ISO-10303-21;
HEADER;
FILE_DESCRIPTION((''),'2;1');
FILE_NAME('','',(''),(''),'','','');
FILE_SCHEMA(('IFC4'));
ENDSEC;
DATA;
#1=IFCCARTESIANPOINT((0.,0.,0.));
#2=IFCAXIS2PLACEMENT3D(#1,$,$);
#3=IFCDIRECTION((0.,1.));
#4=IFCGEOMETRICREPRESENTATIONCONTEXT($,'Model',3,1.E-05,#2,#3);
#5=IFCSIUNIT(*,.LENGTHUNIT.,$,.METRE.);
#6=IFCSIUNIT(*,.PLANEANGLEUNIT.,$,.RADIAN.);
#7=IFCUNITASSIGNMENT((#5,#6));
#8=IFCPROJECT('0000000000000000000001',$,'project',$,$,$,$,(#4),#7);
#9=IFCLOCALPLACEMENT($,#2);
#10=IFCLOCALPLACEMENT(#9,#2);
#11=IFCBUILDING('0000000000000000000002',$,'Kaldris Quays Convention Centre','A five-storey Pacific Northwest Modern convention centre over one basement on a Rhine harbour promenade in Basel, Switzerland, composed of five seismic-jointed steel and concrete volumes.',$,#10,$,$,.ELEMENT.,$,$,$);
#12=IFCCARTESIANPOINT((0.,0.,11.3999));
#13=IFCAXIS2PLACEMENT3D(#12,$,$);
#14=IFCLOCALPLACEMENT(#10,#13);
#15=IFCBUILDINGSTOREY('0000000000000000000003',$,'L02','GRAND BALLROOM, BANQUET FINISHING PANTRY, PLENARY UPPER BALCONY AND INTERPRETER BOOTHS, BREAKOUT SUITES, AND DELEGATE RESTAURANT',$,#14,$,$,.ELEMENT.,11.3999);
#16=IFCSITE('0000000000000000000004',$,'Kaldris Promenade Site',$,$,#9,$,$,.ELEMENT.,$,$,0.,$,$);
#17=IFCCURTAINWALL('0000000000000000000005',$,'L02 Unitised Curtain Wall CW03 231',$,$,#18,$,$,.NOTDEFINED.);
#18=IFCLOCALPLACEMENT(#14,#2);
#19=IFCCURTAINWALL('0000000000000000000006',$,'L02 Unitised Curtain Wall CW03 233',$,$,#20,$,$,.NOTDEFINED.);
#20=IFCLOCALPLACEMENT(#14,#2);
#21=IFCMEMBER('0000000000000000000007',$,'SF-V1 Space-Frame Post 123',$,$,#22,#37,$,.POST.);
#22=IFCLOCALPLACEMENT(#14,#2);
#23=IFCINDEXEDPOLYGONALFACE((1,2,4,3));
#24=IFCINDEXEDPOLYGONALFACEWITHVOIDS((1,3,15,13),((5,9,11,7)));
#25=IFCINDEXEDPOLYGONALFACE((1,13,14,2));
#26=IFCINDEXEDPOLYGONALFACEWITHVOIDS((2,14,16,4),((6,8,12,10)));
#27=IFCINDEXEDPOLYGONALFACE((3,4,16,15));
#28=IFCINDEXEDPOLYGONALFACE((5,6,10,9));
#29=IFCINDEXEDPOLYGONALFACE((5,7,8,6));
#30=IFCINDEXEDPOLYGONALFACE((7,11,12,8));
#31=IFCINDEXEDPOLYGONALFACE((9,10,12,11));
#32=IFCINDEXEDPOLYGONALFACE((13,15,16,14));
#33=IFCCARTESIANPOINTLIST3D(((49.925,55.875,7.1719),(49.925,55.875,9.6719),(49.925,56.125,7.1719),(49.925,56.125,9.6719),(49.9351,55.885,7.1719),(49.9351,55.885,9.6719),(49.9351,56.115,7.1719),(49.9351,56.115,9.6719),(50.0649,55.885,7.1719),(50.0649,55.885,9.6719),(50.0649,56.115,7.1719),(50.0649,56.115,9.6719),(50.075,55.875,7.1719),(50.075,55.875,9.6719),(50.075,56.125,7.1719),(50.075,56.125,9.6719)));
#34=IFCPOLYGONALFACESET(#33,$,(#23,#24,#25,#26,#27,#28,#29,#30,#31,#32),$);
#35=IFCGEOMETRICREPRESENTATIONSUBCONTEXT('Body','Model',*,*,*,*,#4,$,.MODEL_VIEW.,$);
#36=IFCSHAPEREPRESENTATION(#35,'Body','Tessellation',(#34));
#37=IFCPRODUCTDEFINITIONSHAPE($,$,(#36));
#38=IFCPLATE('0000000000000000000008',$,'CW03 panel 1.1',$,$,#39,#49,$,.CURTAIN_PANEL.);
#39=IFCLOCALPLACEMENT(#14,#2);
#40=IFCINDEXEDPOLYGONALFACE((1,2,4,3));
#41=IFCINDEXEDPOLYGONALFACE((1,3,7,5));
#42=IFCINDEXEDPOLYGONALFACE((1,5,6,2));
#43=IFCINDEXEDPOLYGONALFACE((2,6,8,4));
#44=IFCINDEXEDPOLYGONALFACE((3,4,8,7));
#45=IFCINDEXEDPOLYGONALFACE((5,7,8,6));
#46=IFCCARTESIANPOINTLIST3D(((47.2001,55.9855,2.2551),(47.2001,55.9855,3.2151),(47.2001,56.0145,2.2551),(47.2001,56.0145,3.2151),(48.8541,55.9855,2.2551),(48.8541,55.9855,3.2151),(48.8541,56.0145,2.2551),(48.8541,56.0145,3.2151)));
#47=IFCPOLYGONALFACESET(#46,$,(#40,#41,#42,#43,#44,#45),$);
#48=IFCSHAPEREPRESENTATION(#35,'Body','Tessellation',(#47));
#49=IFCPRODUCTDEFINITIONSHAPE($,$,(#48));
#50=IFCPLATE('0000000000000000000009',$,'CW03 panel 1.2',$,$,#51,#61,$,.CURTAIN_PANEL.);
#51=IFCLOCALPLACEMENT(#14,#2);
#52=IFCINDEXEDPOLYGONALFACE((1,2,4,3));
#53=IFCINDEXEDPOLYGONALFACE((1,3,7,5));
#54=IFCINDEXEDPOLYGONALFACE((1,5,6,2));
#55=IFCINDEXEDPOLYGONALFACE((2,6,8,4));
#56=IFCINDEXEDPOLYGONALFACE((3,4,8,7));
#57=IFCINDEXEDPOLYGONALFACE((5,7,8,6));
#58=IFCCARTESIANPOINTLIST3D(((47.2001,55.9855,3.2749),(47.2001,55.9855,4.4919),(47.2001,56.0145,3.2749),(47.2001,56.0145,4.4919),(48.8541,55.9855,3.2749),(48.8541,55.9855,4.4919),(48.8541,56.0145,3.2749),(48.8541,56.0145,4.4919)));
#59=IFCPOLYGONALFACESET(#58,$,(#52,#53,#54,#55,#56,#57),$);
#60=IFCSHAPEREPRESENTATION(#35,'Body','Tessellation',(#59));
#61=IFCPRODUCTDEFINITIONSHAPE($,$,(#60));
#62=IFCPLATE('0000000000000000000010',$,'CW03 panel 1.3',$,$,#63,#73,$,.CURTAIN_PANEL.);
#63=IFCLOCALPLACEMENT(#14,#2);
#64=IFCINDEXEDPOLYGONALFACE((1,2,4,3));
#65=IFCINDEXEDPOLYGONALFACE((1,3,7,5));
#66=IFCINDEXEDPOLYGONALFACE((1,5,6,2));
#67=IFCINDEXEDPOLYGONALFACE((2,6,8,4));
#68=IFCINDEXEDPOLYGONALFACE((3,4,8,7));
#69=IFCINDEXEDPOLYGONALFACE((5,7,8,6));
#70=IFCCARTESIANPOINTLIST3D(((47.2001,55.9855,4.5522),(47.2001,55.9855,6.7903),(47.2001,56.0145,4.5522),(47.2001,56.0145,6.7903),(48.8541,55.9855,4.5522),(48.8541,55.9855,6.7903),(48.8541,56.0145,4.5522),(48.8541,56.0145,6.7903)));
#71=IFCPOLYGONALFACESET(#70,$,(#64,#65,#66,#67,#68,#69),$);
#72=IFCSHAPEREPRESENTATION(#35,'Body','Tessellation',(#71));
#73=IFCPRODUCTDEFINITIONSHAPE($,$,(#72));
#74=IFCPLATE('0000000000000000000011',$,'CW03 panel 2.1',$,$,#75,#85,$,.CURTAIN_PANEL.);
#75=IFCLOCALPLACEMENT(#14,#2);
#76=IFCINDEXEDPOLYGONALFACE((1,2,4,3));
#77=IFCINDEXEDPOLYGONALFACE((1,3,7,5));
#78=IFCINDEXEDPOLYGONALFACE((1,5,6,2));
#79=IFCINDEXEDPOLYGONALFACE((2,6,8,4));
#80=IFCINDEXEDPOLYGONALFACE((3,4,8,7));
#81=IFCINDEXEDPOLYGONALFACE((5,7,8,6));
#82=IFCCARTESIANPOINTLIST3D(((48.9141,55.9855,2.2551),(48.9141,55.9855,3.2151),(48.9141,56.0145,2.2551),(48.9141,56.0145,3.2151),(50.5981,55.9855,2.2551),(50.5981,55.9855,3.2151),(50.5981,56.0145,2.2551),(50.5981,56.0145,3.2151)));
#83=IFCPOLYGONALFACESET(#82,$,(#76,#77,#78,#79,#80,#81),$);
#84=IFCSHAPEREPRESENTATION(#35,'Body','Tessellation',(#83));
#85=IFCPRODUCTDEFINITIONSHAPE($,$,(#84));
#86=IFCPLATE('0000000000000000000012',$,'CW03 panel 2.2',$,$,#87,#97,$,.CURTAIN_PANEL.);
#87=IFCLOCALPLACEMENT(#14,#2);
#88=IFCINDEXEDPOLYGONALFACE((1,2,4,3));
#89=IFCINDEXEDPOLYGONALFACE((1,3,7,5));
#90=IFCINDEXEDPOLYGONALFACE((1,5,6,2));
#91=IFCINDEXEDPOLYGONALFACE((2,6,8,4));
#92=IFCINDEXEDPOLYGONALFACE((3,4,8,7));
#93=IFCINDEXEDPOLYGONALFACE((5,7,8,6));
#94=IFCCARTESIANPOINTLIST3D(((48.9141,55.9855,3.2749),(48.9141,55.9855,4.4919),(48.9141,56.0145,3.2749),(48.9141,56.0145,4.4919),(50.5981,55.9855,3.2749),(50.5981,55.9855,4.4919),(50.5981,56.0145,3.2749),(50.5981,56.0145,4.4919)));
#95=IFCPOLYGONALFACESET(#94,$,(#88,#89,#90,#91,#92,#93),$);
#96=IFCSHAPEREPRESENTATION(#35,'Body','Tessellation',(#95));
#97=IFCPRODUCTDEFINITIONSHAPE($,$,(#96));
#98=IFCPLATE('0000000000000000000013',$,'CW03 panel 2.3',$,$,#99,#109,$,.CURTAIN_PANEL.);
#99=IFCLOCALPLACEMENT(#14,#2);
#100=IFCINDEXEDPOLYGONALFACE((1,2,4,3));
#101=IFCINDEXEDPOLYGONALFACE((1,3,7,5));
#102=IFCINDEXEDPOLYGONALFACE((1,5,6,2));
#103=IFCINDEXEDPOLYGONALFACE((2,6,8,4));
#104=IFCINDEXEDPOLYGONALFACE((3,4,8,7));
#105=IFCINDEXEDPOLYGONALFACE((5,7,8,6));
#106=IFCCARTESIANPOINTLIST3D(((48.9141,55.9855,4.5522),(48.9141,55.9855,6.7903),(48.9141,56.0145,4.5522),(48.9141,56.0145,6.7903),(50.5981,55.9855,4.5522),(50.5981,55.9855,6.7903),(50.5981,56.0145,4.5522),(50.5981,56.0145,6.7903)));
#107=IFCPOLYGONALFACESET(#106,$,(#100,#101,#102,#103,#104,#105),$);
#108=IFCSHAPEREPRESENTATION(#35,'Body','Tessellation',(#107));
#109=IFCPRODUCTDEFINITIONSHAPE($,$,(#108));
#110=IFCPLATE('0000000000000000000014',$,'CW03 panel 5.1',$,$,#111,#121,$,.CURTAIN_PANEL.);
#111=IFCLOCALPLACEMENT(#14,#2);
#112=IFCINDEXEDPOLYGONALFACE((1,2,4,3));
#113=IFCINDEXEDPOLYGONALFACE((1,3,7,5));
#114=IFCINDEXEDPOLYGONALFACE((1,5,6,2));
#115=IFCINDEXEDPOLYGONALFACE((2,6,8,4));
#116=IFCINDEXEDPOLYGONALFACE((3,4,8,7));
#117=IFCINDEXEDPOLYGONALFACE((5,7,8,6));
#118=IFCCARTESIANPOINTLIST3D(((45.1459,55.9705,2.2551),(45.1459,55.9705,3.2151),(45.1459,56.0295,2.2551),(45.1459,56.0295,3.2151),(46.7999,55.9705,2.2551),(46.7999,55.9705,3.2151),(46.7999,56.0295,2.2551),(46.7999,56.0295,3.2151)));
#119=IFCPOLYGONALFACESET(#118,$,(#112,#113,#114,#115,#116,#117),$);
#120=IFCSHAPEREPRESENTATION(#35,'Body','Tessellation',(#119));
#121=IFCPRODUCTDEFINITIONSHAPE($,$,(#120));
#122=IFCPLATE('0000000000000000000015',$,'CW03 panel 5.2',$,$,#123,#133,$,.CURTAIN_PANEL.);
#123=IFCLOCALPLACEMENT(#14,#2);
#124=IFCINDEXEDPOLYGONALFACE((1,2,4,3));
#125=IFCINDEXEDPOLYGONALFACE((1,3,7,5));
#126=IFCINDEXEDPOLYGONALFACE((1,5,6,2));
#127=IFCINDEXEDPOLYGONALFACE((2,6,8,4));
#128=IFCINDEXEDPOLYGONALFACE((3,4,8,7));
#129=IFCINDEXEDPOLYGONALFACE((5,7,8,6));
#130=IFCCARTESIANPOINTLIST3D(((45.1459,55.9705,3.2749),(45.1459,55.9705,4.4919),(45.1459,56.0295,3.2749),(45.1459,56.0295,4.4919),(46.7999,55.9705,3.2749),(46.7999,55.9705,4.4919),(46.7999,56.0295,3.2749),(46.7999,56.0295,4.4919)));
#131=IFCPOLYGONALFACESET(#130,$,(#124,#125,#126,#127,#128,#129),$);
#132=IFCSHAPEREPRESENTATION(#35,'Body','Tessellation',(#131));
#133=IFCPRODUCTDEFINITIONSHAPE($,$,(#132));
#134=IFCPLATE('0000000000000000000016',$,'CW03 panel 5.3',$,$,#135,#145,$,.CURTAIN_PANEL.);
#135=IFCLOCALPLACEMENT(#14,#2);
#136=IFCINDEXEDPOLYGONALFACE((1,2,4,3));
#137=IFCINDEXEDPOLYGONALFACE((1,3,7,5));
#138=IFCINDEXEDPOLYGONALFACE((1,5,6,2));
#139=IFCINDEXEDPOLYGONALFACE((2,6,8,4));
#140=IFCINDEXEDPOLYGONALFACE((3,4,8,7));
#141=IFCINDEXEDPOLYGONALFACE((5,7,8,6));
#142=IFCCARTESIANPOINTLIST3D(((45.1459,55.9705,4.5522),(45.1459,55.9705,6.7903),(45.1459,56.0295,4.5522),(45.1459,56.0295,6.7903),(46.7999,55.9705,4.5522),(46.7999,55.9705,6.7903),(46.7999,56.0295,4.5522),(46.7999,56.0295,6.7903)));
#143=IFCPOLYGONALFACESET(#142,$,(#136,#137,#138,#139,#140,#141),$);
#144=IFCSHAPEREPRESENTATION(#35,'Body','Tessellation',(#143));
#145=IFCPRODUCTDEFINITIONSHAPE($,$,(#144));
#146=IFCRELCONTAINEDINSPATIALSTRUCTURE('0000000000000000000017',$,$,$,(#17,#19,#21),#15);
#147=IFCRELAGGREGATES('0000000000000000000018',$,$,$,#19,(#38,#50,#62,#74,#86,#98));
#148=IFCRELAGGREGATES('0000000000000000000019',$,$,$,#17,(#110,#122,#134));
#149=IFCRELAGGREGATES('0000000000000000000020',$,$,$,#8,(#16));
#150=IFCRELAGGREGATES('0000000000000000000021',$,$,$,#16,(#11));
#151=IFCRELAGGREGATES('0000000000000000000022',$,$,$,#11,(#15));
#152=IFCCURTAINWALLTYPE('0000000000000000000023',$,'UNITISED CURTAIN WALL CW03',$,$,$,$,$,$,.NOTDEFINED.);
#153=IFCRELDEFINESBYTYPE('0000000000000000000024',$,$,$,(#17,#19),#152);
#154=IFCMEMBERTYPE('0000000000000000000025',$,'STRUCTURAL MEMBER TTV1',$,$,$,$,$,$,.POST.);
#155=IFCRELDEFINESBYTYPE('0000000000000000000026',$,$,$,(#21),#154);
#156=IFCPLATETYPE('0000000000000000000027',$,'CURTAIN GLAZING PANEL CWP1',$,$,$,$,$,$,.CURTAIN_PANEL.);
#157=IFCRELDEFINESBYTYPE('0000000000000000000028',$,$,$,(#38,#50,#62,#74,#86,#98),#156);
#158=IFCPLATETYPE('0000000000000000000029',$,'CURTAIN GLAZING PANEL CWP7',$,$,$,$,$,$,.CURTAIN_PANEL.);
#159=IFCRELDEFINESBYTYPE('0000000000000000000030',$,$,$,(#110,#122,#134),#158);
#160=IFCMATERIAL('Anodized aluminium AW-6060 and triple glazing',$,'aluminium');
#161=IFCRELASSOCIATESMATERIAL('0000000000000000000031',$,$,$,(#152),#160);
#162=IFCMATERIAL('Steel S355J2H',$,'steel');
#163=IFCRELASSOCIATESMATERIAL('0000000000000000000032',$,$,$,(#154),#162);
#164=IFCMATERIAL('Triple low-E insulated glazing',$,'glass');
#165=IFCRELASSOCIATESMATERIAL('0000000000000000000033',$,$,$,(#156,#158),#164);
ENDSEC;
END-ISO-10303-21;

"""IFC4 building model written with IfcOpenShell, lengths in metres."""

from ifc_helpers import new_model, si_unit, direction, frame, origin, origin_2d, place, context, subcontext, project, spatial, rectangle, hollow_rectangle, extrude, material, material_profile, profile_set, type_object, element, aggregate, save


model = new_model("IFC4")

# Units and contexts
model_context = context("Model", 3, precision=1e-05, world=origin(), true_north=direction((0.0, 1.0)))
body_context = subcontext(model_context, "Body", "Model", "MODEL_VIEW")
ifc_project = project(units=[si_unit("LENGTHUNIT", "METRE"), si_unit("PLANEANGLEUNIT", "RADIAN")], contexts=[model_context])

# Site, building, storey
site_placement = place(None, origin())
site = spatial("IfcSite", under=ifc_project, at=site_placement, Name="Kaldris Promenade Site", CompositionType="ELEMENT", RefElevation=0.0)
building_placement = place(site_placement, origin())
building = spatial("IfcBuilding", under=site, at=building_placement, Name="Kaldris Quays Convention Centre", Description="A five-storey Pacific Northwest Modern convention centre over one basement on a Rhine harbour promenade in Basel, Switzerland, composed of five seismic-jointed steel and concrete volumes.", CompositionType="ELEMENT")
storey_placement = place(building_placement, frame((0.0, 0.0, 11.3999)))
storey = spatial("IfcBuildingStorey", under=building, at=storey_placement, Name="L02", Description="GRAND BALLROOM, BANQUET FINISHING PANTRY, PLENARY UPPER BALCONY AND INTERPRETER BOOTHS, BREAKOUT SUITES, AND DELEGATE RESTAURANT", CompositionType="ELEMENT", Elevation=11.3999)

# Curtain walls
ifc_material_1 = material(Name="Anodized aluminium AW-6060 and triple glazing", Category="aluminium")
curtain_wall_type = type_object("IfcCurtainWallType", Name="UNITISED CURTAIN WALL CW03", PredefinedType="NOTDEFINED", material=ifc_material_1)
curtain_wall_1_placement = place(storey_placement, origin())
curtain_wall_1 = element("IfcCurtainWall", 1, at=curtain_wall_1_placement, inside=storey, type_object=curtain_wall_type, Name="L02 Unitised Curtain Wall CW03 231", PredefinedType="NOTDEFINED")
curtain_wall_2_placement = place(storey_placement, origin())
curtain_wall_2 = element("IfcCurtainWall", 2, at=curtain_wall_2_placement, inside=storey, type_object=curtain_wall_type, Name="L02 Unitised Curtain Wall CW03 233", PredefinedType="NOTDEFINED")

# Member
ifc_material_2 = material(Name="Steel S355J2H", Category="steel")
ifc_material_profile_1 = material_profile(ifc_material_2, hollow_rectangle(XDim=0.1499, YDim=0.25, WallThickness=0.01, at=origin_2d()), Name="RHS 250x150x10")
ifc_profile_set_1 = profile_set([ifc_material_profile_1], Name="Steel S355J2H")
member_type_1 = type_object("IfcMemberType", Name="STRUCTURAL MEMBER TTV1", PredefinedType="POST", material=ifc_profile_set_1)
member_1_placement = place(storey_placement, frame((50.0, 56.0, 7.1719), z_axis=(0.0, 0.0, 1.0), x_axis=(1.0, 0.0, 0.0)))
element("IfcMember", 3, at=member_1_placement, inside=storey, type_object=member_type_1, Name="SF-V1 Space-Frame Post 123", PredefinedType="POST", context=body_context, shape_type="SweptSolid", body=[
    extrude(hollow_rectangle(XDim=0.1499, YDim=0.25, WallThickness=0.01, at=origin_2d()), origin(), (0.0, 0.0, 1.0), 2.5),
])

# Plates
ifc_material_3 = material(Name="Triple low-E insulated glazing", Category="glass")
plate_type_1 = type_object("IfcPlateType", Name="CURTAIN GLAZING PANEL CWP1", PredefinedType="CURTAIN_PANEL", material=ifc_material_3)
plate_1_placement = place(storey_placement, frame((48.0271, 56.0, 2.2551), z_axis=(0.0, 0.0, 1.0), x_axis=(1.0, 0.0, 0.0)))
plate_1 = element("IfcPlate", 4, at=plate_1_placement, type_object=plate_type_1, Name="CW03 panel 1.1", PredefinedType="CURTAIN_PANEL", context=body_context, shape_type="SweptSolid", body=[
    extrude(rectangle(XDim=1.6541, YDim=0.0291, at=origin_2d()), origin(), (0.0, 0.0, 1.0), 0.96),
])
plate_2_placement = place(storey_placement, frame((48.0271, 56.0, 3.2749), z_axis=(0.0, 0.0, 1.0), x_axis=(1.0, 0.0, 0.0)))
plate_2 = element("IfcPlate", 5, at=plate_2_placement, type_object=plate_type_1, Name="CW03 panel 1.2", PredefinedType="CURTAIN_PANEL", context=body_context, shape_type="SweptSolid", body=[
    extrude(rectangle(XDim=1.6541, YDim=0.0291, at=origin_2d()), origin(), (0.0, 0.0, 1.0), 1.217),
])
plate_3_placement = place(storey_placement, frame((48.0271, 56.0, 4.5522), z_axis=(0.0, 0.0, 1.0), x_axis=(1.0, 0.0, 0.0)))
plate_3 = element("IfcPlate", 6, at=plate_3_placement, type_object=plate_type_1, Name="CW03 panel 1.3", PredefinedType="CURTAIN_PANEL", context=body_context, shape_type="SweptSolid", body=[
    extrude(rectangle(XDim=1.6541, YDim=0.0291, at=origin_2d()), origin(), (0.0, 0.0, 1.0), 2.238),
])
plate_4_placement = place(storey_placement, frame((49.7561, 56.0, 2.2551), z_axis=(0.0, 0.0, 1.0), x_axis=(1.0, 0.0, 0.0)))
plate_4 = element("IfcPlate", 7, at=plate_4_placement, type_object=plate_type_1, Name="CW03 panel 2.1", PredefinedType="CURTAIN_PANEL", context=body_context, shape_type="SweptSolid", body=[
    extrude(rectangle(XDim=1.6841, YDim=0.0291, at=origin_2d()), origin(), (0.0, 0.0, 1.0), 0.96),
])
plate_5_placement = place(storey_placement, frame((49.7561, 56.0, 3.2749), z_axis=(0.0, 0.0, 1.0), x_axis=(1.0, 0.0, 0.0)))
plate_5 = element("IfcPlate", 8, at=plate_5_placement, type_object=plate_type_1, Name="CW03 panel 2.2", PredefinedType="CURTAIN_PANEL", context=body_context, shape_type="SweptSolid", body=[
    extrude(rectangle(XDim=1.6841, YDim=0.0291, at=origin_2d()), origin(), (0.0, 0.0, 1.0), 1.217),
])
plate_6_placement = place(storey_placement, frame((49.7561, 56.0, 4.5522), z_axis=(0.0, 0.0, 1.0), x_axis=(1.0, 0.0, 0.0)))
plate_6 = element("IfcPlate", 9, at=plate_6_placement, type_object=plate_type_1, Name="CW03 panel 2.3", PredefinedType="CURTAIN_PANEL", context=body_context, shape_type="SweptSolid", body=[
    extrude(rectangle(XDim=1.6841, YDim=0.0291, at=origin_2d()), origin(), (0.0, 0.0, 1.0), 2.238),
])
aggregate(curtain_wall_2, [plate_1, plate_2, plate_3, plate_4, plate_5, plate_6])
plate_type_2 = type_object("IfcPlateType", Name="CURTAIN GLAZING PANEL CWP7", PredefinedType="CURTAIN_PANEL", material=ifc_material_3)
plate_7_placement = place(storey_placement, frame((45.9729, 56.0, 2.2551), z_axis=(0.0, 0.0, 1.0), x_axis=(1.0, 0.0, 0.0)))
plate_7 = element("IfcPlate", 10, at=plate_7_placement, type_object=plate_type_2, Name="CW03 panel 5.1", PredefinedType="CURTAIN_PANEL", context=body_context, shape_type="SweptSolid", body=[
    extrude(rectangle(XDim=1.6541, YDim=0.0591, at=origin_2d()), origin(), (0.0, 0.0, 1.0), 0.96),
])
plate_8_placement = place(storey_placement, frame((45.9729, 56.0, 3.2749), z_axis=(0.0, 0.0, 1.0), x_axis=(1.0, 0.0, 0.0)))
plate_8 = element("IfcPlate", 11, at=plate_8_placement, type_object=plate_type_2, Name="CW03 panel 5.2", PredefinedType="CURTAIN_PANEL", context=body_context, shape_type="SweptSolid", body=[
    extrude(rectangle(XDim=1.6541, YDim=0.0591, at=origin_2d()), origin(), (0.0, 0.0, 1.0), 1.217),
])
plate_9_placement = place(storey_placement, frame((45.9729, 56.0, 4.5522), z_axis=(0.0, 0.0, 1.0), x_axis=(1.0, 0.0, 0.0)))
plate_9 = element("IfcPlate", 12, at=plate_9_placement, type_object=plate_type_2, Name="CW03 panel 5.3", PredefinedType="CURTAIN_PANEL", context=body_context, shape_type="SweptSolid", body=[
    extrude(rectangle(XDim=1.6541, YDim=0.0591, at=origin_2d()), origin(), (0.0, 0.0, 1.0), 2.238),
])
aggregate(curtain_wall_1, [plate_7, plate_8, plate_9])

save(model, "model.ifc")
